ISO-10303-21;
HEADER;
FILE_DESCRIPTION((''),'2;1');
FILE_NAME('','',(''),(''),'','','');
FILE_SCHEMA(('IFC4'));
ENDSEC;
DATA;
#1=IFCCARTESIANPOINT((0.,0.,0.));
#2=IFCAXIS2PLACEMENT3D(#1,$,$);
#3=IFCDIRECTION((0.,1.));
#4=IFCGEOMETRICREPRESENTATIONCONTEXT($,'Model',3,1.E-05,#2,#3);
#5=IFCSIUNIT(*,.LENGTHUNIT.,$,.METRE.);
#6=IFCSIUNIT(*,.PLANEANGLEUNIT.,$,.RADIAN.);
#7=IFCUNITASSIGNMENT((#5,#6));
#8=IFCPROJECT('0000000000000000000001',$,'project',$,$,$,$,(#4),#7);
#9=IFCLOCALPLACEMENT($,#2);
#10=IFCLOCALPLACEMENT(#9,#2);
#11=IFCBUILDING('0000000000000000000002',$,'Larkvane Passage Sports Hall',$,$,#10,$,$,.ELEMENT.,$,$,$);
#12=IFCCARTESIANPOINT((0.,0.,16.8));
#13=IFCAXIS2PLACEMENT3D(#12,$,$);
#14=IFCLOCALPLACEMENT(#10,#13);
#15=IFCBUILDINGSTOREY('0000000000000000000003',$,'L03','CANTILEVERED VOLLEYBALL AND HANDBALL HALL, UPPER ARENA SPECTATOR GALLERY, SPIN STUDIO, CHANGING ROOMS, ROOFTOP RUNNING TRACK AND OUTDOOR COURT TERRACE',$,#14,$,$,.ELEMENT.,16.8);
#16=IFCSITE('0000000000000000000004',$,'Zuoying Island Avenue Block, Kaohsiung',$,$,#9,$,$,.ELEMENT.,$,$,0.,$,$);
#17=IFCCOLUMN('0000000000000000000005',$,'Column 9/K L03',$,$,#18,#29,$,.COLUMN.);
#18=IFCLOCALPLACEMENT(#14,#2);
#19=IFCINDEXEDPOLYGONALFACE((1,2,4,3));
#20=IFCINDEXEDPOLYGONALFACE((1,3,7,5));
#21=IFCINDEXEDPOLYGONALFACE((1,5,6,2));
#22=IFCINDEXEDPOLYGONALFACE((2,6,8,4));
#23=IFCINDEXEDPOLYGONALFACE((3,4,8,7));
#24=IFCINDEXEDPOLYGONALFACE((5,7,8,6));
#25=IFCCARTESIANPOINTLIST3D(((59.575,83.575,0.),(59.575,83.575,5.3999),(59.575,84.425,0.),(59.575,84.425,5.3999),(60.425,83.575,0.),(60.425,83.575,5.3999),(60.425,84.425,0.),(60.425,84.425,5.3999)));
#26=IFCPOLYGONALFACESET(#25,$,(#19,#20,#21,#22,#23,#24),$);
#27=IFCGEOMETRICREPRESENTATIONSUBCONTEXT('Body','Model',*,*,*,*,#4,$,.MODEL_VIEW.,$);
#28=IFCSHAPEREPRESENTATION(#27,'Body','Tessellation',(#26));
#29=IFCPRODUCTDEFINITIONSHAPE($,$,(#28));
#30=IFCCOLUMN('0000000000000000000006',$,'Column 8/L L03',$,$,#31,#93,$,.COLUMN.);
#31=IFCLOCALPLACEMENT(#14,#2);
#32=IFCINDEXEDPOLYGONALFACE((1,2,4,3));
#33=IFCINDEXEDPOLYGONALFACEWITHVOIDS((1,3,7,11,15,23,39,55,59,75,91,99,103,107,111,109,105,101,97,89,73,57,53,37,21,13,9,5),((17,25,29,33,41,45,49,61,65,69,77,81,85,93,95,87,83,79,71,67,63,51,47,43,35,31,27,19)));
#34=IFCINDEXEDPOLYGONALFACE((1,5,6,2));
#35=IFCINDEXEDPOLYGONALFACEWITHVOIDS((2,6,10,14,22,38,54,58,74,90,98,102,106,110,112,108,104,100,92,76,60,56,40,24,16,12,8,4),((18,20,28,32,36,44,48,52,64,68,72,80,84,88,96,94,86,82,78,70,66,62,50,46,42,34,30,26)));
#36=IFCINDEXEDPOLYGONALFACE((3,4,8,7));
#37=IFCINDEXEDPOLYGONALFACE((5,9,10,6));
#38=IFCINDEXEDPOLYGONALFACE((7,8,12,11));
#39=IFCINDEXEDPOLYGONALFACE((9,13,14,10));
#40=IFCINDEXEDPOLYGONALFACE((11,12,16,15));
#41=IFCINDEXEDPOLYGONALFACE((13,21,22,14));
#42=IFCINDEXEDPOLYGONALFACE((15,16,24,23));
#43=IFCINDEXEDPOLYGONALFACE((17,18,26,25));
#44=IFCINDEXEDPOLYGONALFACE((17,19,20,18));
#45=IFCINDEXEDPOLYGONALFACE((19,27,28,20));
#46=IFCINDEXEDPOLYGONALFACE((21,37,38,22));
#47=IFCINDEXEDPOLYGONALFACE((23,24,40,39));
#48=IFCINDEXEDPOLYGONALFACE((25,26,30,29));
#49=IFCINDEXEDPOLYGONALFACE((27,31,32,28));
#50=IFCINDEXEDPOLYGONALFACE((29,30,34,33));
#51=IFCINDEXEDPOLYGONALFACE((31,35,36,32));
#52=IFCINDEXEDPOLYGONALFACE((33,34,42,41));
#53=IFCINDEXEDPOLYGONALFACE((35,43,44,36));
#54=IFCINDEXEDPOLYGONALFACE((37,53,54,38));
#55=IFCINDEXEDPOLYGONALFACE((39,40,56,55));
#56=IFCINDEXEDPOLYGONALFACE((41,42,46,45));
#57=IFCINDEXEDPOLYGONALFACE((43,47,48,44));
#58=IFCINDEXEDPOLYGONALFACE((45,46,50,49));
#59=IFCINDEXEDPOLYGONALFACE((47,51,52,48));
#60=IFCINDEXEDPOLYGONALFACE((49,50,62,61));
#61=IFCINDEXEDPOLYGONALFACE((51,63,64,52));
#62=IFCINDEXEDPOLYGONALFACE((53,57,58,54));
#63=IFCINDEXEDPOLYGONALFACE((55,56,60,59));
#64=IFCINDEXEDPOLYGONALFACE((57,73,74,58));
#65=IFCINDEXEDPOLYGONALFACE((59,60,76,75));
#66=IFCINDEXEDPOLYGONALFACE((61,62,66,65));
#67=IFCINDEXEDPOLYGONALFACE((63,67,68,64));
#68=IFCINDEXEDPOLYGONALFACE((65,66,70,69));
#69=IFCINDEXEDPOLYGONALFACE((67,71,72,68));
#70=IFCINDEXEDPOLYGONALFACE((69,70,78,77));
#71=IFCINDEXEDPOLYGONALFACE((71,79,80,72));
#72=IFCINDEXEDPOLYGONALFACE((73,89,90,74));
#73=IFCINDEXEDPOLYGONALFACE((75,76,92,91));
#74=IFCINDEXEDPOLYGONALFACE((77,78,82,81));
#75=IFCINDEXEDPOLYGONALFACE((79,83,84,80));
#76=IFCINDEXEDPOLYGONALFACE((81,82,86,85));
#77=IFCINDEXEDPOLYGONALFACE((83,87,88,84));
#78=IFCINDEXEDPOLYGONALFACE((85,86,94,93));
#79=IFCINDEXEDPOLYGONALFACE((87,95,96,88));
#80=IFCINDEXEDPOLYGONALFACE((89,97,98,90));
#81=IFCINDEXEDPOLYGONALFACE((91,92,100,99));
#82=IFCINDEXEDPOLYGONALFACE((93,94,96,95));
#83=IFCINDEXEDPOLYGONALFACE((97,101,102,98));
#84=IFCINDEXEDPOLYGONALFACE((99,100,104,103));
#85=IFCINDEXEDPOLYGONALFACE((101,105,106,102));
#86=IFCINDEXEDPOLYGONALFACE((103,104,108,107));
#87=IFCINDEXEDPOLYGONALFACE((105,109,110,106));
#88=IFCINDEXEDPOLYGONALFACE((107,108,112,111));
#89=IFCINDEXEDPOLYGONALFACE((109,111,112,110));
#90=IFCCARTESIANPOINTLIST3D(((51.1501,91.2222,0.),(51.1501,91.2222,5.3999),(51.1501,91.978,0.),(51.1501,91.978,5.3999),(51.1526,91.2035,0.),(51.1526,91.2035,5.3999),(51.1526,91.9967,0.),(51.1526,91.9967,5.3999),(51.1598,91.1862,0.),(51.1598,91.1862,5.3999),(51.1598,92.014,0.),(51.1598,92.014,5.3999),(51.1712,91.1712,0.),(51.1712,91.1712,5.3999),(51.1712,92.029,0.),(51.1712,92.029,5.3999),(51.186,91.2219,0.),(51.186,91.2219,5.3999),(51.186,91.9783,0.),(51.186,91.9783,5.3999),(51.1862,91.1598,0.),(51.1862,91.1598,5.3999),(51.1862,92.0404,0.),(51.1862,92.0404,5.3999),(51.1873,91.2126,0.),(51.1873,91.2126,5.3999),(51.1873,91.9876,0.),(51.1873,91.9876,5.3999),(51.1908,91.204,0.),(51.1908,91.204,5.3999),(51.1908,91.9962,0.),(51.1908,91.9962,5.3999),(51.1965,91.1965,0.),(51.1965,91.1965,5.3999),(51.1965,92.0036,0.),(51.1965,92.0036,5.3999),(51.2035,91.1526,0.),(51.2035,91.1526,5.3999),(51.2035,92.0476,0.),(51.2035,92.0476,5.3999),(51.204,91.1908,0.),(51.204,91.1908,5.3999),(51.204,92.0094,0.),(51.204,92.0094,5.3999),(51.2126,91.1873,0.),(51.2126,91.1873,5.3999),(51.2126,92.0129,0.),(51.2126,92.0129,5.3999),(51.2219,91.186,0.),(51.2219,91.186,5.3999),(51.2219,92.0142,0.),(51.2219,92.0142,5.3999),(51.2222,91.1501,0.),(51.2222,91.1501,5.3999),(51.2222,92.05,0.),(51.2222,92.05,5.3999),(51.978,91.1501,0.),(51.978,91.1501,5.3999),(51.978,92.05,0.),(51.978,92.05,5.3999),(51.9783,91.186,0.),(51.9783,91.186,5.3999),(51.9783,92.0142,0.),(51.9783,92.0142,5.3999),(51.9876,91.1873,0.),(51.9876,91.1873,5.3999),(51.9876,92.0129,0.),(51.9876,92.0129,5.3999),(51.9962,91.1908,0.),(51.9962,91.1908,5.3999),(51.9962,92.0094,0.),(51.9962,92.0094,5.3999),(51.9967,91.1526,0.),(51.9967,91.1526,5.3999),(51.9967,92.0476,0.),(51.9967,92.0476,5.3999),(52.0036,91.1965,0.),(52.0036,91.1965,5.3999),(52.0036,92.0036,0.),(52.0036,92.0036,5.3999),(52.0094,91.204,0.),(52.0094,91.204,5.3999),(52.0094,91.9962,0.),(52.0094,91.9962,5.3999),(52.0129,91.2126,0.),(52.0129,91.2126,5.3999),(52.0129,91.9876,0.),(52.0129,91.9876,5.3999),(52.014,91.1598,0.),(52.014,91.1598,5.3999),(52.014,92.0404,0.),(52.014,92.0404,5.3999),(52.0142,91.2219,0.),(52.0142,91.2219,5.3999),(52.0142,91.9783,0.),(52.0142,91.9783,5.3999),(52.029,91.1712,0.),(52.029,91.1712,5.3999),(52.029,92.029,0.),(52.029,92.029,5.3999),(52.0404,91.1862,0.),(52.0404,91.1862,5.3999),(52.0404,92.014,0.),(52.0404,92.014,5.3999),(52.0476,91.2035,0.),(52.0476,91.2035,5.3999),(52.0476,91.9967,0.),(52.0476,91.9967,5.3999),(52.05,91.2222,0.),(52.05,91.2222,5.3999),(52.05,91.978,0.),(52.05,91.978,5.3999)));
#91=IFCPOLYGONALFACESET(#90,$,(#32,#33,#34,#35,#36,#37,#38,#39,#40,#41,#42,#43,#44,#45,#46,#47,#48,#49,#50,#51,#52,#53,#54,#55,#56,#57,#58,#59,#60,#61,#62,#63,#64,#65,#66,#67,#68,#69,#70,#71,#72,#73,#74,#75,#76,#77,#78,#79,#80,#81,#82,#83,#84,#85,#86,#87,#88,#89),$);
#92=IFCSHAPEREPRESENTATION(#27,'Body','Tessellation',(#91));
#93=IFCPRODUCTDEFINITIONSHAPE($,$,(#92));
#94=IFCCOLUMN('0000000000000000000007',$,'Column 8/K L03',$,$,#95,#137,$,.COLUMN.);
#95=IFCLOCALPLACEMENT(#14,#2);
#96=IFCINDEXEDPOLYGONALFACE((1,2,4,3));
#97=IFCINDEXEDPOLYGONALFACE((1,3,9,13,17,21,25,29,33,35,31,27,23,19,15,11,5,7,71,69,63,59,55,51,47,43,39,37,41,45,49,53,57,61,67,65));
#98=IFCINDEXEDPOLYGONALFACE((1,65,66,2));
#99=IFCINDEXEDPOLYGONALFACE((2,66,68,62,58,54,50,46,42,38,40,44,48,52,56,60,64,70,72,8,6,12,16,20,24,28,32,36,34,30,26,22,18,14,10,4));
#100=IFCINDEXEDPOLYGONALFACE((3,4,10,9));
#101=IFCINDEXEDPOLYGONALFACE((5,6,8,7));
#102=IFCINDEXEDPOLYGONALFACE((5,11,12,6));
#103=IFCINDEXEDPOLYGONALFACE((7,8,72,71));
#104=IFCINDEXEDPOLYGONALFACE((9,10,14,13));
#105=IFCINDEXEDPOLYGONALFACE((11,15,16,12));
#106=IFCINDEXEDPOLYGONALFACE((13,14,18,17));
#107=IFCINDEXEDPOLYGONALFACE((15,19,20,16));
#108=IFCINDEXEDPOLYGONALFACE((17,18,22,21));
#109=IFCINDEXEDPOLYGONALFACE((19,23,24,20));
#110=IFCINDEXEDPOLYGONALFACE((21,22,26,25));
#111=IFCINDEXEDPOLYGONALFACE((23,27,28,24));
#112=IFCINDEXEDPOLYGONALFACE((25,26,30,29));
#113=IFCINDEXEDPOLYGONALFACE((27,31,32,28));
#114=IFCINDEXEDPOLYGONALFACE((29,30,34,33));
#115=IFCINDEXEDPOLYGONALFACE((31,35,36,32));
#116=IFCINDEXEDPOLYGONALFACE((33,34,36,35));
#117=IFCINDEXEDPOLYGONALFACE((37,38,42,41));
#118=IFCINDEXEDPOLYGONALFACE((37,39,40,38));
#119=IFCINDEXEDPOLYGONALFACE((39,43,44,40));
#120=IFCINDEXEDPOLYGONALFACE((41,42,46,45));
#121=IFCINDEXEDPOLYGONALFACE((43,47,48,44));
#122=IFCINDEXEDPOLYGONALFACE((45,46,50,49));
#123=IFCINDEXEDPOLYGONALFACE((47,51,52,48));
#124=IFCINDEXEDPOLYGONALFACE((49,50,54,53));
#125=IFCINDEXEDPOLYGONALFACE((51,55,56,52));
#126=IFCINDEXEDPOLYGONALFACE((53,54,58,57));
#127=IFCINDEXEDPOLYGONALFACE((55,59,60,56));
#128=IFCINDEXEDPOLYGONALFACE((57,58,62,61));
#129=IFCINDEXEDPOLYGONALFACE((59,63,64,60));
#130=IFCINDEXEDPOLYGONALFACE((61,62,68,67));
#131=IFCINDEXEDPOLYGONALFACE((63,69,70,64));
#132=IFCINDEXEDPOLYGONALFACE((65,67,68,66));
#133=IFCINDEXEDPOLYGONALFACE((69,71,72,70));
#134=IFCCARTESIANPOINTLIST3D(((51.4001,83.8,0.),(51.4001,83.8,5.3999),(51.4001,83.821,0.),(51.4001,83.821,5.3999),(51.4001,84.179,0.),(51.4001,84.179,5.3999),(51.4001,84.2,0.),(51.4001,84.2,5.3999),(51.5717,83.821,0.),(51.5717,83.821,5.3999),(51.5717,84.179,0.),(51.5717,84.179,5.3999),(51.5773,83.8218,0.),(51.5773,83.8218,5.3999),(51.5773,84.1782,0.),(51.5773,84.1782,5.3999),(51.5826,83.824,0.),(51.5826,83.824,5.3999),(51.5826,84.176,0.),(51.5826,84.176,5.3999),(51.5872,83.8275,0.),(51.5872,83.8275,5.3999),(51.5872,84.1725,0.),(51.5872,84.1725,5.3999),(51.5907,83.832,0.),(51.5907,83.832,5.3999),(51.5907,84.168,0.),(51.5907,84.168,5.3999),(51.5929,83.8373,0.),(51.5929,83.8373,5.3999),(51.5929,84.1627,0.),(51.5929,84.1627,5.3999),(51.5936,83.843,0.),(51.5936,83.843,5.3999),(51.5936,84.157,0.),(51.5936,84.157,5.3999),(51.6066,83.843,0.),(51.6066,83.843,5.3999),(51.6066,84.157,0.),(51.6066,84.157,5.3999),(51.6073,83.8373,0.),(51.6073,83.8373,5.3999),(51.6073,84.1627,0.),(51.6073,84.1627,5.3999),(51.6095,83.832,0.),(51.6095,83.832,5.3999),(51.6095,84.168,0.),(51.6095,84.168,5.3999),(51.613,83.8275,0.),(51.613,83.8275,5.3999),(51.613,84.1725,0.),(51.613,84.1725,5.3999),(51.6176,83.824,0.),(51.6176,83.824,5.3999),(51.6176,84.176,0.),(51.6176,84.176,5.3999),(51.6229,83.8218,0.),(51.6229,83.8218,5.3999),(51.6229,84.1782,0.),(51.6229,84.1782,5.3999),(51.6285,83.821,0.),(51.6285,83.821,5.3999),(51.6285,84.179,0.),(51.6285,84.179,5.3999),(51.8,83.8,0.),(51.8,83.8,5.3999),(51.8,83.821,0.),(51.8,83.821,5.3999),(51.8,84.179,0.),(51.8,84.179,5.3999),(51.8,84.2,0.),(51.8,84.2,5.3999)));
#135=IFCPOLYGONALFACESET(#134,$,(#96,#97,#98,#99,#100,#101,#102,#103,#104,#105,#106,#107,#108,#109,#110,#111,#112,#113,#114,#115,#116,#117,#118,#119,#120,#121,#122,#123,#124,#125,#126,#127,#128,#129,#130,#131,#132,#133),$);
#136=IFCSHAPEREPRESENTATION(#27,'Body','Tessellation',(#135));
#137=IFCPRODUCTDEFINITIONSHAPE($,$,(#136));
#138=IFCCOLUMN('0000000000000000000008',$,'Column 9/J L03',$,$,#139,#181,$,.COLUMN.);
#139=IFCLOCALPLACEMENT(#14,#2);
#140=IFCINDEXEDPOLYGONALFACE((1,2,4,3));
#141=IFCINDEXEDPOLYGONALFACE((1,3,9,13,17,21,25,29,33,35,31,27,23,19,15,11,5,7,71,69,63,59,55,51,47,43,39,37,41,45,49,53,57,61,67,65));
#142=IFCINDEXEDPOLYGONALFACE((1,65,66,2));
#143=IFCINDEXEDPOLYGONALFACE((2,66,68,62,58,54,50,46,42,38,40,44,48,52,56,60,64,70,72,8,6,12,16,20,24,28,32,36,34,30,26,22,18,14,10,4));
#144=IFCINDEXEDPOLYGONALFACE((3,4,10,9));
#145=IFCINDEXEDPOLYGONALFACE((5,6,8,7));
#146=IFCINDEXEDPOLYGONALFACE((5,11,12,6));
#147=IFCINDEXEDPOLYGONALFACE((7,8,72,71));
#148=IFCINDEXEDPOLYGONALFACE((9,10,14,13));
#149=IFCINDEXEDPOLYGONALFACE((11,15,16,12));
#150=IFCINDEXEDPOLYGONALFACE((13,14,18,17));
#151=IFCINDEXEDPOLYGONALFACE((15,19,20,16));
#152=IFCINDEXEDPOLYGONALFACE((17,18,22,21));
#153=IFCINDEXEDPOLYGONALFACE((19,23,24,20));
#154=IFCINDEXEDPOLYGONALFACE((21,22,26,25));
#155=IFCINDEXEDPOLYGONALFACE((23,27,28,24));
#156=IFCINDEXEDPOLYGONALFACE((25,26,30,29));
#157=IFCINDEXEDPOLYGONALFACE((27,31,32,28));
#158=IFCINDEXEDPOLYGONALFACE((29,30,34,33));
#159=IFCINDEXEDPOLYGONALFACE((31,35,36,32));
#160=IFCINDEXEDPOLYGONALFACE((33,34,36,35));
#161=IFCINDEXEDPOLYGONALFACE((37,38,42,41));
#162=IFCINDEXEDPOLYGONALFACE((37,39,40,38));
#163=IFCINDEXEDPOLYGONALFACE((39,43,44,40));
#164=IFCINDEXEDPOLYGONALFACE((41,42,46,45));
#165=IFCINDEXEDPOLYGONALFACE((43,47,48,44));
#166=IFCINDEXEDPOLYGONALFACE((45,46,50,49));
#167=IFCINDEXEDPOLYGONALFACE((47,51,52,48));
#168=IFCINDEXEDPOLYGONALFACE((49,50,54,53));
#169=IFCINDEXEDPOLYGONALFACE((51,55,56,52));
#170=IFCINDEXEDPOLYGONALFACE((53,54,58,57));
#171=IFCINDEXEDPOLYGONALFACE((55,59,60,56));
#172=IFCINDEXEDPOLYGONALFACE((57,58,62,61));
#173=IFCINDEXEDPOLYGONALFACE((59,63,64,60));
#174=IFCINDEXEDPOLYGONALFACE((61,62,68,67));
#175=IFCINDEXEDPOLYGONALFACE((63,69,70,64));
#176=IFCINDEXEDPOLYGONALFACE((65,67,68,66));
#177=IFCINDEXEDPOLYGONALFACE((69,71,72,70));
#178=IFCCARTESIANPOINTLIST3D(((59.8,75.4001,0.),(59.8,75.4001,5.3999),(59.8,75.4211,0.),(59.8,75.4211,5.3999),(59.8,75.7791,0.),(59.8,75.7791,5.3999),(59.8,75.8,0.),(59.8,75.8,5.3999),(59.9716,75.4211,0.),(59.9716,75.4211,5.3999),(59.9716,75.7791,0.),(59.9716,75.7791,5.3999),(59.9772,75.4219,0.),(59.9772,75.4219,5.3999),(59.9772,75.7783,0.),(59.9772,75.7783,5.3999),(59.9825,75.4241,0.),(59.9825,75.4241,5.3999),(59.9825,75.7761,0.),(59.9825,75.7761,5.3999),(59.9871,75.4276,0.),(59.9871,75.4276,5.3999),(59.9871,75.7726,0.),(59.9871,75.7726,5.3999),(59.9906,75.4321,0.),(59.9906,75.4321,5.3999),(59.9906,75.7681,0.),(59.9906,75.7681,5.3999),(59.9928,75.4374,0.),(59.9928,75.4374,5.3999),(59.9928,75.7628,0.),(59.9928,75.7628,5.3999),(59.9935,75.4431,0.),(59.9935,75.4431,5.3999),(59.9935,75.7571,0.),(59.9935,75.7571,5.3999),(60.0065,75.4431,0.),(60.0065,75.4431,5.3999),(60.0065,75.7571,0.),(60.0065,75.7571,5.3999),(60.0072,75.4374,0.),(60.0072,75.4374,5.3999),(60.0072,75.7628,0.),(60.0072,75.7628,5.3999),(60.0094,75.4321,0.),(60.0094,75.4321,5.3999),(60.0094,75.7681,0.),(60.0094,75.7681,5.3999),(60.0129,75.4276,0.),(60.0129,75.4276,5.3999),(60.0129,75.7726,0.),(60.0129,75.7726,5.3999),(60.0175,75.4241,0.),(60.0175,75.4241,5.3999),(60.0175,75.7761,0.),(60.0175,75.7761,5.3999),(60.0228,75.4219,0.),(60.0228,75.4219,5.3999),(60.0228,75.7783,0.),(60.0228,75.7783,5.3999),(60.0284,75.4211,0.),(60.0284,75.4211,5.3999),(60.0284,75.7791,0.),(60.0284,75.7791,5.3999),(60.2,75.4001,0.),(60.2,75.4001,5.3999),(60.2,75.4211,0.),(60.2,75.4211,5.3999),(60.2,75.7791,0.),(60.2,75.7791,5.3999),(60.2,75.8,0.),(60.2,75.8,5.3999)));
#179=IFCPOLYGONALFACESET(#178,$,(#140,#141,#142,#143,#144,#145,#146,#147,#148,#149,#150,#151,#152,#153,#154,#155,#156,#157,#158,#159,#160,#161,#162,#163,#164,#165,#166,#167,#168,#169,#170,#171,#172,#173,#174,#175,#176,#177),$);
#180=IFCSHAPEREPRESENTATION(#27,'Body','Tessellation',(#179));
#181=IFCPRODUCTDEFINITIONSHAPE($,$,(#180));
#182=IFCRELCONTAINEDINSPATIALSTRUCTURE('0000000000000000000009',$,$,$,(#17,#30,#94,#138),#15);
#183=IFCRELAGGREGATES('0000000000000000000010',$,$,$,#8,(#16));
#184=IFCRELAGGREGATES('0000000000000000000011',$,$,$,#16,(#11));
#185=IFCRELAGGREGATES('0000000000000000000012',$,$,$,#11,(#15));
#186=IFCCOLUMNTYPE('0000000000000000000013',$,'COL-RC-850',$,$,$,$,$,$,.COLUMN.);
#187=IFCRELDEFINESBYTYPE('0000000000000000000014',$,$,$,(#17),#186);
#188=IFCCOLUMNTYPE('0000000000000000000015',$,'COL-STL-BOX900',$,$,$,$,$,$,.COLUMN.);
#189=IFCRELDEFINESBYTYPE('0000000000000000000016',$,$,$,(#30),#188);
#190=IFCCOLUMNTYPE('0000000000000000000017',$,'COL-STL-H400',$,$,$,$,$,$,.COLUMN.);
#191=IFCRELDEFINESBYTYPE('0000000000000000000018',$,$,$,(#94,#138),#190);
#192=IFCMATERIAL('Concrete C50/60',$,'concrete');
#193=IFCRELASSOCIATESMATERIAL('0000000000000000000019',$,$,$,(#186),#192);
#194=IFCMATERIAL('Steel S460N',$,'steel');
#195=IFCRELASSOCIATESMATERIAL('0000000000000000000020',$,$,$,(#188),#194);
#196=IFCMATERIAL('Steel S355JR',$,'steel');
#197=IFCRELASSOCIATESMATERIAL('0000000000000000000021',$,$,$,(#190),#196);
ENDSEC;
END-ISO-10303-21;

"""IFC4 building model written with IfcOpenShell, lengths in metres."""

from ifc_helpers import new_model, si_unit, direction, frame, origin, origin_2d, place, context, subcontext, project, spatial, rectangle, hollow_rectangle, i_section, extrude, material, material_profile, profile_set, type_object, element, save


model = new_model("IFC4")

# Units and contexts
model_context = context("Model", 3, precision=1e-05, world=origin(), true_north=direction((0.0, 1.0)))
body_context = subcontext(model_context, "Body", "Model", "MODEL_VIEW")
ifc_project = project(units=[si_unit("LENGTHUNIT", "METRE"), si_unit("PLANEANGLEUNIT", "RADIAN")], contexts=[model_context])

# Site, building, storey
site_placement = place(None, origin())
site = spatial("IfcSite", under=ifc_project, at=site_placement, Name="Zuoying Island Avenue Block, Kaohsiung", CompositionType="ELEMENT", RefElevation=0.0)
building_placement = place(site_placement, origin())
building = spatial("IfcBuilding", under=site, at=building_placement, Name="Larkvane Passage Sports Hall", CompositionType="ELEMENT")
storey_placement = place(building_placement, frame((0.0, 0.0, 16.8)))
storey = spatial("IfcBuildingStorey", under=building, at=storey_placement, Name="L03", Description="CANTILEVERED VOLLEYBALL AND HANDBALL HALL, UPPER ARENA SPECTATOR GALLERY, SPIN STUDIO, CHANGING ROOMS, ROOFTOP RUNNING TRACK AND OUTDOOR COURT TERRACE", CompositionType="ELEMENT", Elevation=16.8)

# Columns
ifc_material_1 = material(Name="Concrete C50/60", Category="concrete")
ifc_material_profile_1 = material_profile(ifc_material_1, rectangle(XDim=0.8501, YDim=0.8501, at=origin_2d()), Name="RC-COL-850x850")
ifc_profile_set_1 = profile_set([ifc_material_profile_1], Name="Concrete C50/60")
column_type_1 = type_object("IfcColumnType", Name="COL-RC-850", PredefinedType="COLUMN", material=ifc_profile_set_1)
column_1_placement = place(storey_placement, frame((60.0, 84.0, 0.0), z_axis=(0.0, 0.0, 1.0), x_axis=(1.0, 0.0, 0.0)))
element("IfcColumn", 1, at=column_1_placement, inside=storey, type_object=column_type_1, Name="Column 9/K L03", PredefinedType="COLUMN", context=body_context, shape_type="SweptSolid", body=[
    extrude(rectangle(XDim=0.8501, YDim=0.8501, at=origin_2d()), origin(), (0.0, 0.0, 1.0), 5.3999),
])
ifc_material_2 = material(Name="Steel S460N", Category="steel")
ifc_material_profile_2 = material_profile(ifc_material_2, hollow_rectangle(XDim=0.8999, YDim=0.8999, WallThickness=0.0359, InnerFilletRadius=0.0359, OuterFilletRadius=0.072, at=origin_2d()), Name="BOX-900x900x36")
ifc_profile_set_2 = profile_set([ifc_material_profile_2], Name="Steel S460N")
column_type_2 = type_object("IfcColumnType", Name="COL-STL-BOX900", PredefinedType="COLUMN", material=ifc_profile_set_2)
column_2_placement = place(storey_placement, frame((51.6001, 91.6001, 0.0), z_axis=(0.0, 0.0, 1.0), x_axis=(1.0, 0.0, 0.0)))
element("IfcColumn", 2, at=column_2_placement, inside=storey, type_object=column_type_2, Name="Column 8/L L03", PredefinedType="COLUMN", context=body_context, shape_type="SweptSolid", body=[
    extrude(hollow_rectangle(XDim=0.8999, YDim=0.8999, WallThickness=0.0359, InnerFilletRadius=0.0359, OuterFilletRadius=0.072, at=origin_2d()), origin(), (0.0, 0.0, 1.0), 5.3999),
])
ifc_material_3 = material(Name="Steel S355JR", Category="steel")
ifc_material_profile_3 = material_profile(ifc_material_3, i_section(OverallWidth=0.3999, OverallDepth=0.3999, WebThickness=0.0129, FlangeThickness=0.021, FilletRadius=0.022, at=origin_2d()), Name="H-400x400x13x21")
ifc_profile_set_3 = profile_set([ifc_material_profile_3], Name="Steel S355JR")
column_type_3 = type_object("IfcColumnType", Name="COL-STL-H400", PredefinedType="COLUMN", material=ifc_profile_set_3)
for number, where, z_axis, x_axis, name in (
    (3, (51.6001, 84.0, 0.0), (0.0, 0.0, 1.0), (1.0, 0.0, 0.0), "Column 8/K L03"),
    (4, (60.0, 75.6001, 0.0), (0.0, 0.0, 1.0), (1.0, 0.0, 0.0), "Column 9/J L03"),
):
    element("IfcColumn", number, at=place(storey_placement, frame(where, z_axis=z_axis, x_axis=x_axis)), inside=storey, type_object=column_type_3, Name=name, PredefinedType="COLUMN", context=body_context, shape_type="SweptSolid", body=[
        extrude(i_section(OverallWidth=0.3999, OverallDepth=0.3999, WebThickness=0.0129, FlangeThickness=0.021, FilletRadius=0.022, at=origin_2d()), origin(), (0.0, 0.0, 1.0), 5.3999),
    ])

save(model, "model.ifc")
